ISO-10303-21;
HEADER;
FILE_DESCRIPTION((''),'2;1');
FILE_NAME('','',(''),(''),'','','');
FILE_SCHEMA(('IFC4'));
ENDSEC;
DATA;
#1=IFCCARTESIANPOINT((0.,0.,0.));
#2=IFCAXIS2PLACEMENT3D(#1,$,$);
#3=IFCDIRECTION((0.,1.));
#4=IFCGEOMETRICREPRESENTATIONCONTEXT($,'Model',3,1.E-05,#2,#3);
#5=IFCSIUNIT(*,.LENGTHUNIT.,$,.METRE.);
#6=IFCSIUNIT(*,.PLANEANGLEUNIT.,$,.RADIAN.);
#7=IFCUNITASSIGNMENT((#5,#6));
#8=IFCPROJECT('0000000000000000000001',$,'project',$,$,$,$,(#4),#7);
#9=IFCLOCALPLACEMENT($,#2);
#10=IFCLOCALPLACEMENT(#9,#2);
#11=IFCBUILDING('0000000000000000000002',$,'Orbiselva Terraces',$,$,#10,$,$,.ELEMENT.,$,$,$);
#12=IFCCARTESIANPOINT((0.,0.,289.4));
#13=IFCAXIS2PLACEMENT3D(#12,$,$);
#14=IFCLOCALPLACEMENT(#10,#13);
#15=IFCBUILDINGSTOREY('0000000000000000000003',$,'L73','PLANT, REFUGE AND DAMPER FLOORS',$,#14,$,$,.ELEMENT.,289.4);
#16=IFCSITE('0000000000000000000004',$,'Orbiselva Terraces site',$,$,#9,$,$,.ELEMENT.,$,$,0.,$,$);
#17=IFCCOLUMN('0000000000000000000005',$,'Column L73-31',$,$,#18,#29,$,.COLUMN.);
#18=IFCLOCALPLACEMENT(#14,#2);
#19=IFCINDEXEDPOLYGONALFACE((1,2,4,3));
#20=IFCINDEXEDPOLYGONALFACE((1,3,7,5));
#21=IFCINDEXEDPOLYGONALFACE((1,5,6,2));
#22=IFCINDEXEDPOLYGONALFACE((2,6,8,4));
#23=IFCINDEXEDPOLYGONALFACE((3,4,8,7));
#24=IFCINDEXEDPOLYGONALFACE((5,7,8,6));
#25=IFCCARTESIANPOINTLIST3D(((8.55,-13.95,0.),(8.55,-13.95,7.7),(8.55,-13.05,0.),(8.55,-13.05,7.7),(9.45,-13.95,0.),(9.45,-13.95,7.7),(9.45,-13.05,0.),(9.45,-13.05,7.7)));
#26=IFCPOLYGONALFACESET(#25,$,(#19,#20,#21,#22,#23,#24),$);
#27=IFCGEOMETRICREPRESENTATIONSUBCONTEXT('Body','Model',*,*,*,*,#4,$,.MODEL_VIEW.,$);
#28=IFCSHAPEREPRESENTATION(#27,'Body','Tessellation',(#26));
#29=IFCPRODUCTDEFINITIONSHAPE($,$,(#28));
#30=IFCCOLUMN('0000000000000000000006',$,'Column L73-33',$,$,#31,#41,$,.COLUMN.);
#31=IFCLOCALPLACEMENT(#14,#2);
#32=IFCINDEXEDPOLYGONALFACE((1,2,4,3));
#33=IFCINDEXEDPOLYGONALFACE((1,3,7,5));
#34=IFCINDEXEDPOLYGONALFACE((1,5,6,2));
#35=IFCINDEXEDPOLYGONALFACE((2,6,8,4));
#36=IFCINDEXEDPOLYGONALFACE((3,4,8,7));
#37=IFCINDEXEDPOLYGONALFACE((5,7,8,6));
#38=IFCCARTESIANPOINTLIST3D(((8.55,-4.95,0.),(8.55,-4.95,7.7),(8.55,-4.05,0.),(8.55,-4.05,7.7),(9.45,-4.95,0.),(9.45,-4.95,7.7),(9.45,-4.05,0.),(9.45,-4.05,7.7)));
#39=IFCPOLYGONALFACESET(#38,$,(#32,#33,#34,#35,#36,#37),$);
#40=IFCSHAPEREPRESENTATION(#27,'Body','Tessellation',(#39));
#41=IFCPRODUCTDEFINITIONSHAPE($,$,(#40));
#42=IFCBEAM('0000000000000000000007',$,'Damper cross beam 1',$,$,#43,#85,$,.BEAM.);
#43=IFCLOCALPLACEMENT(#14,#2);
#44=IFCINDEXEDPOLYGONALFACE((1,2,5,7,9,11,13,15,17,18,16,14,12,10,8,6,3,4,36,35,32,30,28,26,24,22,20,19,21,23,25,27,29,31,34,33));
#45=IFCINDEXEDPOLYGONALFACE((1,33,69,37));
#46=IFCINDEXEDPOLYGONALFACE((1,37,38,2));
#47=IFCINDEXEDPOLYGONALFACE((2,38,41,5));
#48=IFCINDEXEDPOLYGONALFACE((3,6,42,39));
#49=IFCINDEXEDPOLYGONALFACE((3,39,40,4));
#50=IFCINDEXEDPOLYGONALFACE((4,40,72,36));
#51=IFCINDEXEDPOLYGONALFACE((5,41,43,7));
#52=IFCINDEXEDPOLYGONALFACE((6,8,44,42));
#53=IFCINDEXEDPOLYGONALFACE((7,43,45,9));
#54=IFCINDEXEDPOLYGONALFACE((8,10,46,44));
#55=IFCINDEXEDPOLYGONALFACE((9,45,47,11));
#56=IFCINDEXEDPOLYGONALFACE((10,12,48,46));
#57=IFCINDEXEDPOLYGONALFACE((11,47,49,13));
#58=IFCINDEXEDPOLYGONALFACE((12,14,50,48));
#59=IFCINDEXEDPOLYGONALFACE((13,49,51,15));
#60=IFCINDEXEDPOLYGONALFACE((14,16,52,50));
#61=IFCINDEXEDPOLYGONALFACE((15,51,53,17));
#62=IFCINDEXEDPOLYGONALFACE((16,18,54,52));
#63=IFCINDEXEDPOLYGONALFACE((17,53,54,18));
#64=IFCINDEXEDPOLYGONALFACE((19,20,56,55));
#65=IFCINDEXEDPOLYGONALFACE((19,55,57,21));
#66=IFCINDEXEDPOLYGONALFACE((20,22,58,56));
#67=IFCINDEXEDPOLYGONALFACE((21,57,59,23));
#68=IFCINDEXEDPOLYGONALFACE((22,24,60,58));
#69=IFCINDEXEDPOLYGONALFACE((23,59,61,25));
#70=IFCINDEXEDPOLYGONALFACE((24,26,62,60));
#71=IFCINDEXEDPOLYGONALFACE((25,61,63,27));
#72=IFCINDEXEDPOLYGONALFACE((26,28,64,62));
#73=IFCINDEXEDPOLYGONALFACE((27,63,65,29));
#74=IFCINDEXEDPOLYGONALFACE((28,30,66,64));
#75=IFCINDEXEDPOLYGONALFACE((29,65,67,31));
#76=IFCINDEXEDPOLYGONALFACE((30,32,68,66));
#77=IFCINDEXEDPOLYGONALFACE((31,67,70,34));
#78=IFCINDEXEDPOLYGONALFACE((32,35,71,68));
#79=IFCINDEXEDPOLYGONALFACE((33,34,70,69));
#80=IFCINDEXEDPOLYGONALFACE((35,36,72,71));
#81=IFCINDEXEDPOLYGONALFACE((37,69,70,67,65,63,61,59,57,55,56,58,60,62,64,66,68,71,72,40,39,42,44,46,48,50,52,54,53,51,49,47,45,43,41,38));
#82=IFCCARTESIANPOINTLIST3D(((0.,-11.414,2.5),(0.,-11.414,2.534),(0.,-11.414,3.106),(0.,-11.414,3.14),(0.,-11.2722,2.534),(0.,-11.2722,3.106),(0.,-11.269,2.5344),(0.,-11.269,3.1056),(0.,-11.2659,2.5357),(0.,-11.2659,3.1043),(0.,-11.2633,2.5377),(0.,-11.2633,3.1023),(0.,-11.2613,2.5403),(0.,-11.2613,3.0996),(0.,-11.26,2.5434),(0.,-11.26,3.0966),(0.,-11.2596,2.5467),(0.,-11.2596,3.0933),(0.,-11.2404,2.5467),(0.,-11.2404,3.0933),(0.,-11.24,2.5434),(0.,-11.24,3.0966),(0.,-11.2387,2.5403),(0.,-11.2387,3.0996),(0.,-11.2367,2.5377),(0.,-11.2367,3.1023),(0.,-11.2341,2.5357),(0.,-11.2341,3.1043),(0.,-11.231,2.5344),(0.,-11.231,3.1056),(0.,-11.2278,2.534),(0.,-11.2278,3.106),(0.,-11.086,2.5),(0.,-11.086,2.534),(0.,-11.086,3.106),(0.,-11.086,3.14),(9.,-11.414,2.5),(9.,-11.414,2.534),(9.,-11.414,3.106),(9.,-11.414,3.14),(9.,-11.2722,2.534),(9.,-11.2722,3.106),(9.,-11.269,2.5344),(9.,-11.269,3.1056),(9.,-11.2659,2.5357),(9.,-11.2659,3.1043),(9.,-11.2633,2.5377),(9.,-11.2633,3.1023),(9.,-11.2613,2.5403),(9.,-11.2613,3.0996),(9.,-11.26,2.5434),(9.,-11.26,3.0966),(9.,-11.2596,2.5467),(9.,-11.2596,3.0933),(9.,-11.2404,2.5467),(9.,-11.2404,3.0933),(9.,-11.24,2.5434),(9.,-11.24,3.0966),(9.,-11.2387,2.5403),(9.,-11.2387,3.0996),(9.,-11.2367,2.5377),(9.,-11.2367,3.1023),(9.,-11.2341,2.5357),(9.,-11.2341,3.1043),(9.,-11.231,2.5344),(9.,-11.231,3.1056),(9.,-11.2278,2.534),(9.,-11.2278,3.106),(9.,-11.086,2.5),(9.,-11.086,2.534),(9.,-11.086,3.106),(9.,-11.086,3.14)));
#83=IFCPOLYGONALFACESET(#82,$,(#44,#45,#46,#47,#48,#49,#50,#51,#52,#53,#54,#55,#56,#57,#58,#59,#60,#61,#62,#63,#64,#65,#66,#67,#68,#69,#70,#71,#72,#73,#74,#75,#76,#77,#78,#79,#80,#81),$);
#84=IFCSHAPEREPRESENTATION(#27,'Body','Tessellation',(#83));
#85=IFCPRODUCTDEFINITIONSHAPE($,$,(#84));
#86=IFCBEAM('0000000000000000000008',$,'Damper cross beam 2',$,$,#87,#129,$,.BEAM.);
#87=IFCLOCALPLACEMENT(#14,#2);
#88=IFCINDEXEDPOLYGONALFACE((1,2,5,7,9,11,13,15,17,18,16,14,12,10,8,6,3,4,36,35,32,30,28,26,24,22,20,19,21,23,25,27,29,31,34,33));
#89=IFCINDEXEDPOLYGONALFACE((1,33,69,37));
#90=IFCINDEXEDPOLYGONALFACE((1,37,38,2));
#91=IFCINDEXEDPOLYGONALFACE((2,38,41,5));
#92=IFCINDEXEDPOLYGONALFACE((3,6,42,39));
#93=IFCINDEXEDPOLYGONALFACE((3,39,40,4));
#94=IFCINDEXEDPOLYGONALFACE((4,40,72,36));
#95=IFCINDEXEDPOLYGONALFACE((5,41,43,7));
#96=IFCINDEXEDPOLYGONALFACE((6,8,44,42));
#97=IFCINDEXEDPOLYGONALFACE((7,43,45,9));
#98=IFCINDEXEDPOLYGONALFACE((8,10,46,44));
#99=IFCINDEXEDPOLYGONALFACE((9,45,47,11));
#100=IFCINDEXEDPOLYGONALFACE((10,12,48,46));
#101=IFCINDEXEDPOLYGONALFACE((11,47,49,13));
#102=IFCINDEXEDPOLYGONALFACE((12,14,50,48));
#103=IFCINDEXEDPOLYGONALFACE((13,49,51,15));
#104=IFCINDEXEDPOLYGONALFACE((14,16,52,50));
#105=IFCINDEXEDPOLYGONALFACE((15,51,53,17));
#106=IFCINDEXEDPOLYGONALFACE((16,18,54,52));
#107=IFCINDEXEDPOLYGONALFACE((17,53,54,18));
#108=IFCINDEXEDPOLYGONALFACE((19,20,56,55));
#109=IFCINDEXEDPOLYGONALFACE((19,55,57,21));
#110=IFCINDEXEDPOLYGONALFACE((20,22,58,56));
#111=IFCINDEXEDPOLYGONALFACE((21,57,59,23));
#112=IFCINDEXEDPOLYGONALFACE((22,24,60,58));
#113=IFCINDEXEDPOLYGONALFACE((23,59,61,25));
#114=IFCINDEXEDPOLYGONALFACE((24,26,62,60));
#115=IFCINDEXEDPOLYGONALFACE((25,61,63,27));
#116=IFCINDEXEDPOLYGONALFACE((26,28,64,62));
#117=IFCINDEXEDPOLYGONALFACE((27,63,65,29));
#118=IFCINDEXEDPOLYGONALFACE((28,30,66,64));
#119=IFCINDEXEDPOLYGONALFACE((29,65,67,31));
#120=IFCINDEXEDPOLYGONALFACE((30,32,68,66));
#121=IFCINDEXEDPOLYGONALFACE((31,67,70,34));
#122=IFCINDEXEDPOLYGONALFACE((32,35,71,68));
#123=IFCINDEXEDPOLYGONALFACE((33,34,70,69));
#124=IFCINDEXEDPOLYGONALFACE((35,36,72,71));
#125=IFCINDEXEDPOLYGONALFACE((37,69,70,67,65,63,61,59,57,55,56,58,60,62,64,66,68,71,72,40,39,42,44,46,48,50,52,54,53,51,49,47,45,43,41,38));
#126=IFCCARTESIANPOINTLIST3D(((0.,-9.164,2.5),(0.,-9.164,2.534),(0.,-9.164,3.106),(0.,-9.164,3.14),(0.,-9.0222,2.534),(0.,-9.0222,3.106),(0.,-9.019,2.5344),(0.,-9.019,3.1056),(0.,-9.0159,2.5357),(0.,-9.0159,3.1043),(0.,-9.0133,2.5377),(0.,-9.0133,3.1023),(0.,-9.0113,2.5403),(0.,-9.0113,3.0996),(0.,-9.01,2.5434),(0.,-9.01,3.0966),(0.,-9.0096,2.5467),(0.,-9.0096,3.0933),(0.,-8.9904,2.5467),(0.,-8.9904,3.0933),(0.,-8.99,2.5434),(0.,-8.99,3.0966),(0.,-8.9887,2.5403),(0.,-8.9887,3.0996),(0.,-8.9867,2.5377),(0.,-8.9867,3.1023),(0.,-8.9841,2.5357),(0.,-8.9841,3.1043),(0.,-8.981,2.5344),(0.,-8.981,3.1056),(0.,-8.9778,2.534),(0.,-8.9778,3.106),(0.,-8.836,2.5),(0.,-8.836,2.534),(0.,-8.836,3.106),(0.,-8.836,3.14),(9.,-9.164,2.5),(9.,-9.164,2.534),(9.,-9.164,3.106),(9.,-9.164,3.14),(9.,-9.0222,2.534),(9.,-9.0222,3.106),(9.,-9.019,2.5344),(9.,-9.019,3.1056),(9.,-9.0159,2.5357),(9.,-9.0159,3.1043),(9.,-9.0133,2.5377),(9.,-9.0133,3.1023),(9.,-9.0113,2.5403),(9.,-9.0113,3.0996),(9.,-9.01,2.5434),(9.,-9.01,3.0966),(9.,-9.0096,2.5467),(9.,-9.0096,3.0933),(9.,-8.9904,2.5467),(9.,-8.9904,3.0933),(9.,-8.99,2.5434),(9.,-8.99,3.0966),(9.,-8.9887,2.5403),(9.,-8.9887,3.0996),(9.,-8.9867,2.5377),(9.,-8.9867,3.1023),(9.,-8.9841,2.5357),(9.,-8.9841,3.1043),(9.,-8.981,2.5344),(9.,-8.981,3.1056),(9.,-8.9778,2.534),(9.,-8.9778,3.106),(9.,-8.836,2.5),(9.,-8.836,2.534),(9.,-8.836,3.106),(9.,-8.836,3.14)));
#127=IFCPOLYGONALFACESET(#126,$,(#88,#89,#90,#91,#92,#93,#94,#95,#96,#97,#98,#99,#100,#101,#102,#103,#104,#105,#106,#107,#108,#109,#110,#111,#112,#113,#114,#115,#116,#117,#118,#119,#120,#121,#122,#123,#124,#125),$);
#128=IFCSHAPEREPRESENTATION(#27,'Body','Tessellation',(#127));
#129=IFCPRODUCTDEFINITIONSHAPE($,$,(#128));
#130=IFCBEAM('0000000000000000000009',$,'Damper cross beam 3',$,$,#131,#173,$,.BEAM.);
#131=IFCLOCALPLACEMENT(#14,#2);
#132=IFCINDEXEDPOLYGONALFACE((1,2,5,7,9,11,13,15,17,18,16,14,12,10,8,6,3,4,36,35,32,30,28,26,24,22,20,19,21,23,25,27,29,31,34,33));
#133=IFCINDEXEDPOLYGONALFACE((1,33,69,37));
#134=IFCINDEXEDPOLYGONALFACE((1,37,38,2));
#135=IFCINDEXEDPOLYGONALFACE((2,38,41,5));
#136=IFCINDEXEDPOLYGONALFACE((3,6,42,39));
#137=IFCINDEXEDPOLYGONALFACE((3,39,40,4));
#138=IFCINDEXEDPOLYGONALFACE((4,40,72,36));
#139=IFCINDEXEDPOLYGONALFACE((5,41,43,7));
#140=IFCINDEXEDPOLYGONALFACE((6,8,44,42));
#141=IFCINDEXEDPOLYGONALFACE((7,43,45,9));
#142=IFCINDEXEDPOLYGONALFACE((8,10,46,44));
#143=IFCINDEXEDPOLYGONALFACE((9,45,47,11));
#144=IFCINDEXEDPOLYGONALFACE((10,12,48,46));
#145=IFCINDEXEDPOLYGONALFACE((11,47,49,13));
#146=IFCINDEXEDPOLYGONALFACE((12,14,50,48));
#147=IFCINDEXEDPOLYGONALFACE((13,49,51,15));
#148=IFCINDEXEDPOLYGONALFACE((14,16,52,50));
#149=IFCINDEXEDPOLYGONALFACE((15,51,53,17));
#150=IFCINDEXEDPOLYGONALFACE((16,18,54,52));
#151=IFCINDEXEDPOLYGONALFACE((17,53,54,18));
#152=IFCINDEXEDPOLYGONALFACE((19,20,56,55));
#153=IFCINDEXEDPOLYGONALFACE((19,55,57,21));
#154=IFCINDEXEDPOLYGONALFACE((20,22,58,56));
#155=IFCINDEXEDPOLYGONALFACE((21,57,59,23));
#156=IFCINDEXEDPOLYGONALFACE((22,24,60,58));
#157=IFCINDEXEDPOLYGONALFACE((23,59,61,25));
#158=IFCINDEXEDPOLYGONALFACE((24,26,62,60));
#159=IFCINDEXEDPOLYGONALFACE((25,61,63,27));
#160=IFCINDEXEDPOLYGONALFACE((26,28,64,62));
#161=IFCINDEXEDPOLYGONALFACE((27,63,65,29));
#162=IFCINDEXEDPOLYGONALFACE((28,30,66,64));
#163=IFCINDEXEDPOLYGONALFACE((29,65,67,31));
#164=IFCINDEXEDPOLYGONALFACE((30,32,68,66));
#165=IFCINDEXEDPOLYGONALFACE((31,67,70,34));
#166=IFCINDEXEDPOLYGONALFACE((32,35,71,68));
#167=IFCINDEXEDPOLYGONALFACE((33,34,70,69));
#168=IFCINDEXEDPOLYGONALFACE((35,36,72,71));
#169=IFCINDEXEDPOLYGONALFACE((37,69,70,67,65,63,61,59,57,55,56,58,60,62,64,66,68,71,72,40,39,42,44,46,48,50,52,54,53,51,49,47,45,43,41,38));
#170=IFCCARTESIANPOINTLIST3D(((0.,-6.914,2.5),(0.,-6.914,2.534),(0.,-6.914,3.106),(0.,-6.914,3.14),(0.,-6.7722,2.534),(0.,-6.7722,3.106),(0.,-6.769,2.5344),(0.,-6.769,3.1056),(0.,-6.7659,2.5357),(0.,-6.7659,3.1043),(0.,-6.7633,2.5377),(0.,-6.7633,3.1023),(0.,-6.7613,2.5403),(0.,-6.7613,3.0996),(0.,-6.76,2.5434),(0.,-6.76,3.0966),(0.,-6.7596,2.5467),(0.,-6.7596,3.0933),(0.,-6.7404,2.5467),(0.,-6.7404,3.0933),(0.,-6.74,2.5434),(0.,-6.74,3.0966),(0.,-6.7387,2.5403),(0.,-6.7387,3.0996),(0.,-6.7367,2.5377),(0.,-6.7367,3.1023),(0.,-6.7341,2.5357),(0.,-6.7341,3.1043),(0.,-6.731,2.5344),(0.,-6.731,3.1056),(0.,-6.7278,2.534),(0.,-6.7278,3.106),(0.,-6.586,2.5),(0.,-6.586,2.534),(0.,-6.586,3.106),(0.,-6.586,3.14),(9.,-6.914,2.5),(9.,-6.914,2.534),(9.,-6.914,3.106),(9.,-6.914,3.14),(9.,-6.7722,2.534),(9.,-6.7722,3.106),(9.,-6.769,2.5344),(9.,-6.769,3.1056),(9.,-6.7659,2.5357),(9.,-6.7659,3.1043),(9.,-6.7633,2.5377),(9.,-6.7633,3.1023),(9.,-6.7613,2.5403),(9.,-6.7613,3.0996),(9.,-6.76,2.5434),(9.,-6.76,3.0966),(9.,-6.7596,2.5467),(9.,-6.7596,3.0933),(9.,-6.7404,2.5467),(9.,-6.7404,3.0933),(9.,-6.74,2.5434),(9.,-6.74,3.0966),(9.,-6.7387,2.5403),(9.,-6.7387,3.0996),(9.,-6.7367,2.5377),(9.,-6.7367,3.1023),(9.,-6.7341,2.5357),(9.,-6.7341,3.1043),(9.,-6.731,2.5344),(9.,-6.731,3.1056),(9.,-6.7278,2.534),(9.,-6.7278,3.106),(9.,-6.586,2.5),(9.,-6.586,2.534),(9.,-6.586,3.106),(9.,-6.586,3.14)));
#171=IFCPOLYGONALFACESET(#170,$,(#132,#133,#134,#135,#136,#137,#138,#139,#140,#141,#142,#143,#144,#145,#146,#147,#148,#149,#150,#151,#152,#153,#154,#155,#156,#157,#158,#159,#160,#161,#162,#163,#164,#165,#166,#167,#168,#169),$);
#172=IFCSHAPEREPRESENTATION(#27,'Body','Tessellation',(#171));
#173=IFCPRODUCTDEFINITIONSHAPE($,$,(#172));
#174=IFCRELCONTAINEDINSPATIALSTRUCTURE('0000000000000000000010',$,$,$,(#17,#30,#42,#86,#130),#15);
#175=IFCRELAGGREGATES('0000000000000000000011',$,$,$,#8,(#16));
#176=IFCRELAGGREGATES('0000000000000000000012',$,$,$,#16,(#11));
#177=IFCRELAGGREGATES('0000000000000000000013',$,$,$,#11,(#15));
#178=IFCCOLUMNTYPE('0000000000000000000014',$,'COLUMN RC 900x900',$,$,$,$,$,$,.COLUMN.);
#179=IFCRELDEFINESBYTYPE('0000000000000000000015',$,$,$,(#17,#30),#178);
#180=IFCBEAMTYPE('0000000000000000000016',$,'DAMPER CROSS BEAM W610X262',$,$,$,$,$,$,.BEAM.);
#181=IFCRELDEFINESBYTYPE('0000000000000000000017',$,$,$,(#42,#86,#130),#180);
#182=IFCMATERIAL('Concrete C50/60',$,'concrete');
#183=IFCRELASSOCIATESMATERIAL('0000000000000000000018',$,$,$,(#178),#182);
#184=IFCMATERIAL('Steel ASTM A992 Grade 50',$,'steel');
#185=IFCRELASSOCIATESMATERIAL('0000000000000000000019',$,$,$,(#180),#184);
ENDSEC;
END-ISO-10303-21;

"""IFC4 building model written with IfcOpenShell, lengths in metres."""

from ifc_helpers import new_model, si_unit, direction, frame, origin, origin_2d, place, context, subcontext, project, spatial, rectangle, i_section, extrude, material, material_profile, profile_set, type_object, element, save


model = new_model("IFC4")

# Units and contexts
model_context = context("Model", 3, precision=1e-05, world=origin(), true_north=direction((0.0, 1.0)))
body_context = subcontext(model_context, "Body", "Model", "MODEL_VIEW")
ifc_project = project(units=[si_unit("LENGTHUNIT", "METRE"), si_unit("PLANEANGLEUNIT", "RADIAN")], contexts=[model_context])

# Site, building, storey
site_placement = place(None, origin())
site = spatial("IfcSite", under=ifc_project, at=site_placement, Name="Orbiselva Terraces site", CompositionType="ELEMENT", RefElevation=0.0)
building_placement = place(site_placement, origin())
building = spatial("IfcBuilding", under=site, at=building_placement, Name="Orbiselva Terraces", CompositionType="ELEMENT")
storey_placement = place(building_placement, frame((0.0, 0.0, 289.4)))
storey = spatial("IfcBuildingStorey", under=building, at=storey_placement, Name="L73", Description="PLANT, REFUGE AND DAMPER FLOORS", CompositionType="ELEMENT", Elevation=289.4)

# Columns
ifc_material_1 = material(Name="Concrete C50/60", Category="concrete")
ifc_material_profile_1 = material_profile(ifc_material_1, rectangle(XDim=0.9, YDim=0.9, at=origin_2d()), Name="RC 900x900")
ifc_profile_set_1 = profile_set([ifc_material_profile_1], Name="Concrete C50/60")
column_type = type_object("IfcColumnType", Name="COLUMN RC 900x900", PredefinedType="COLUMN", material=ifc_profile_set_1)
for number, where, z_axis, x_axis, name in (
    (1, (9.0, -13.5, 0.0), (0.0, 0.0, 1.0), (1.0, 0.0, 0.0), "Column L73-31"),
    (2, (9.0, -4.5, 0.0), (0.0, 0.0, 1.0), (1.0, 0.0, 0.0), "Column L73-33"),
):
    element("IfcColumn", number, at=place(storey_placement, frame(where, z_axis=z_axis, x_axis=x_axis)), inside=storey, type_object=column_type, Name=name, PredefinedType="COLUMN", context=body_context, shape_type="SweptSolid", body=[
        extrude(rectangle(XDim=0.9, YDim=0.9, at=origin_2d()), origin(), (0.0, 0.0, 1.0), 7.7),
    ])

# Beams
ifc_material_2 = material(Name="Steel ASTM A992 Grade 50", Category="steel")
ifc_material_profile_2 = material_profile(ifc_material_2, i_section(OverallWidth=0.328, OverallDepth=0.64, WebThickness=0.0191, FlangeThickness=0.034, FilletRadius=0.0127, at=origin_2d()), Name="W610X262")
ifc_profile_set_2 = profile_set([ifc_material_profile_2], Name="Steel ASTM A992 Grade 50")
beam_type_1 = type_object("IfcBeamType", Name="DAMPER CROSS BEAM W610X262", PredefinedType="BEAM", material=ifc_profile_set_2)
for number, where, z_axis, x_axis, name in (
    (3, (0.0, -11.25, 2.82), (1.0, 0.0, 0.0), (0.0, 1.0, 0.0), "Damper cross beam 1"),
    (4, (0.0, -9.0, 2.82), (1.0, 0.0, 0.0), (0.0, 1.0, 0.0), "Damper cross beam 2"),
    (5, (0.0, -6.75, 2.82), (1.0, 0.0, 0.0), (0.0, 1.0, 0.0), "Damper cross beam 3"),
):
    element("IfcBeam", number, at=place(storey_placement, frame(where, z_axis=z_axis, x_axis=x_axis)), inside=storey, type_object=beam_type_1, Name=name, PredefinedType="BEAM", context=body_context, shape_type="SweptSolid", body=[
        extrude(i_section(OverallWidth=0.328, OverallDepth=0.64, WebThickness=0.0191, FlangeThickness=0.034, FilletRadius=0.0127, at=origin_2d()), origin(), (0.0, 0.0, 1.0), 9.0),
    ])

save(model, "model.ifc")
